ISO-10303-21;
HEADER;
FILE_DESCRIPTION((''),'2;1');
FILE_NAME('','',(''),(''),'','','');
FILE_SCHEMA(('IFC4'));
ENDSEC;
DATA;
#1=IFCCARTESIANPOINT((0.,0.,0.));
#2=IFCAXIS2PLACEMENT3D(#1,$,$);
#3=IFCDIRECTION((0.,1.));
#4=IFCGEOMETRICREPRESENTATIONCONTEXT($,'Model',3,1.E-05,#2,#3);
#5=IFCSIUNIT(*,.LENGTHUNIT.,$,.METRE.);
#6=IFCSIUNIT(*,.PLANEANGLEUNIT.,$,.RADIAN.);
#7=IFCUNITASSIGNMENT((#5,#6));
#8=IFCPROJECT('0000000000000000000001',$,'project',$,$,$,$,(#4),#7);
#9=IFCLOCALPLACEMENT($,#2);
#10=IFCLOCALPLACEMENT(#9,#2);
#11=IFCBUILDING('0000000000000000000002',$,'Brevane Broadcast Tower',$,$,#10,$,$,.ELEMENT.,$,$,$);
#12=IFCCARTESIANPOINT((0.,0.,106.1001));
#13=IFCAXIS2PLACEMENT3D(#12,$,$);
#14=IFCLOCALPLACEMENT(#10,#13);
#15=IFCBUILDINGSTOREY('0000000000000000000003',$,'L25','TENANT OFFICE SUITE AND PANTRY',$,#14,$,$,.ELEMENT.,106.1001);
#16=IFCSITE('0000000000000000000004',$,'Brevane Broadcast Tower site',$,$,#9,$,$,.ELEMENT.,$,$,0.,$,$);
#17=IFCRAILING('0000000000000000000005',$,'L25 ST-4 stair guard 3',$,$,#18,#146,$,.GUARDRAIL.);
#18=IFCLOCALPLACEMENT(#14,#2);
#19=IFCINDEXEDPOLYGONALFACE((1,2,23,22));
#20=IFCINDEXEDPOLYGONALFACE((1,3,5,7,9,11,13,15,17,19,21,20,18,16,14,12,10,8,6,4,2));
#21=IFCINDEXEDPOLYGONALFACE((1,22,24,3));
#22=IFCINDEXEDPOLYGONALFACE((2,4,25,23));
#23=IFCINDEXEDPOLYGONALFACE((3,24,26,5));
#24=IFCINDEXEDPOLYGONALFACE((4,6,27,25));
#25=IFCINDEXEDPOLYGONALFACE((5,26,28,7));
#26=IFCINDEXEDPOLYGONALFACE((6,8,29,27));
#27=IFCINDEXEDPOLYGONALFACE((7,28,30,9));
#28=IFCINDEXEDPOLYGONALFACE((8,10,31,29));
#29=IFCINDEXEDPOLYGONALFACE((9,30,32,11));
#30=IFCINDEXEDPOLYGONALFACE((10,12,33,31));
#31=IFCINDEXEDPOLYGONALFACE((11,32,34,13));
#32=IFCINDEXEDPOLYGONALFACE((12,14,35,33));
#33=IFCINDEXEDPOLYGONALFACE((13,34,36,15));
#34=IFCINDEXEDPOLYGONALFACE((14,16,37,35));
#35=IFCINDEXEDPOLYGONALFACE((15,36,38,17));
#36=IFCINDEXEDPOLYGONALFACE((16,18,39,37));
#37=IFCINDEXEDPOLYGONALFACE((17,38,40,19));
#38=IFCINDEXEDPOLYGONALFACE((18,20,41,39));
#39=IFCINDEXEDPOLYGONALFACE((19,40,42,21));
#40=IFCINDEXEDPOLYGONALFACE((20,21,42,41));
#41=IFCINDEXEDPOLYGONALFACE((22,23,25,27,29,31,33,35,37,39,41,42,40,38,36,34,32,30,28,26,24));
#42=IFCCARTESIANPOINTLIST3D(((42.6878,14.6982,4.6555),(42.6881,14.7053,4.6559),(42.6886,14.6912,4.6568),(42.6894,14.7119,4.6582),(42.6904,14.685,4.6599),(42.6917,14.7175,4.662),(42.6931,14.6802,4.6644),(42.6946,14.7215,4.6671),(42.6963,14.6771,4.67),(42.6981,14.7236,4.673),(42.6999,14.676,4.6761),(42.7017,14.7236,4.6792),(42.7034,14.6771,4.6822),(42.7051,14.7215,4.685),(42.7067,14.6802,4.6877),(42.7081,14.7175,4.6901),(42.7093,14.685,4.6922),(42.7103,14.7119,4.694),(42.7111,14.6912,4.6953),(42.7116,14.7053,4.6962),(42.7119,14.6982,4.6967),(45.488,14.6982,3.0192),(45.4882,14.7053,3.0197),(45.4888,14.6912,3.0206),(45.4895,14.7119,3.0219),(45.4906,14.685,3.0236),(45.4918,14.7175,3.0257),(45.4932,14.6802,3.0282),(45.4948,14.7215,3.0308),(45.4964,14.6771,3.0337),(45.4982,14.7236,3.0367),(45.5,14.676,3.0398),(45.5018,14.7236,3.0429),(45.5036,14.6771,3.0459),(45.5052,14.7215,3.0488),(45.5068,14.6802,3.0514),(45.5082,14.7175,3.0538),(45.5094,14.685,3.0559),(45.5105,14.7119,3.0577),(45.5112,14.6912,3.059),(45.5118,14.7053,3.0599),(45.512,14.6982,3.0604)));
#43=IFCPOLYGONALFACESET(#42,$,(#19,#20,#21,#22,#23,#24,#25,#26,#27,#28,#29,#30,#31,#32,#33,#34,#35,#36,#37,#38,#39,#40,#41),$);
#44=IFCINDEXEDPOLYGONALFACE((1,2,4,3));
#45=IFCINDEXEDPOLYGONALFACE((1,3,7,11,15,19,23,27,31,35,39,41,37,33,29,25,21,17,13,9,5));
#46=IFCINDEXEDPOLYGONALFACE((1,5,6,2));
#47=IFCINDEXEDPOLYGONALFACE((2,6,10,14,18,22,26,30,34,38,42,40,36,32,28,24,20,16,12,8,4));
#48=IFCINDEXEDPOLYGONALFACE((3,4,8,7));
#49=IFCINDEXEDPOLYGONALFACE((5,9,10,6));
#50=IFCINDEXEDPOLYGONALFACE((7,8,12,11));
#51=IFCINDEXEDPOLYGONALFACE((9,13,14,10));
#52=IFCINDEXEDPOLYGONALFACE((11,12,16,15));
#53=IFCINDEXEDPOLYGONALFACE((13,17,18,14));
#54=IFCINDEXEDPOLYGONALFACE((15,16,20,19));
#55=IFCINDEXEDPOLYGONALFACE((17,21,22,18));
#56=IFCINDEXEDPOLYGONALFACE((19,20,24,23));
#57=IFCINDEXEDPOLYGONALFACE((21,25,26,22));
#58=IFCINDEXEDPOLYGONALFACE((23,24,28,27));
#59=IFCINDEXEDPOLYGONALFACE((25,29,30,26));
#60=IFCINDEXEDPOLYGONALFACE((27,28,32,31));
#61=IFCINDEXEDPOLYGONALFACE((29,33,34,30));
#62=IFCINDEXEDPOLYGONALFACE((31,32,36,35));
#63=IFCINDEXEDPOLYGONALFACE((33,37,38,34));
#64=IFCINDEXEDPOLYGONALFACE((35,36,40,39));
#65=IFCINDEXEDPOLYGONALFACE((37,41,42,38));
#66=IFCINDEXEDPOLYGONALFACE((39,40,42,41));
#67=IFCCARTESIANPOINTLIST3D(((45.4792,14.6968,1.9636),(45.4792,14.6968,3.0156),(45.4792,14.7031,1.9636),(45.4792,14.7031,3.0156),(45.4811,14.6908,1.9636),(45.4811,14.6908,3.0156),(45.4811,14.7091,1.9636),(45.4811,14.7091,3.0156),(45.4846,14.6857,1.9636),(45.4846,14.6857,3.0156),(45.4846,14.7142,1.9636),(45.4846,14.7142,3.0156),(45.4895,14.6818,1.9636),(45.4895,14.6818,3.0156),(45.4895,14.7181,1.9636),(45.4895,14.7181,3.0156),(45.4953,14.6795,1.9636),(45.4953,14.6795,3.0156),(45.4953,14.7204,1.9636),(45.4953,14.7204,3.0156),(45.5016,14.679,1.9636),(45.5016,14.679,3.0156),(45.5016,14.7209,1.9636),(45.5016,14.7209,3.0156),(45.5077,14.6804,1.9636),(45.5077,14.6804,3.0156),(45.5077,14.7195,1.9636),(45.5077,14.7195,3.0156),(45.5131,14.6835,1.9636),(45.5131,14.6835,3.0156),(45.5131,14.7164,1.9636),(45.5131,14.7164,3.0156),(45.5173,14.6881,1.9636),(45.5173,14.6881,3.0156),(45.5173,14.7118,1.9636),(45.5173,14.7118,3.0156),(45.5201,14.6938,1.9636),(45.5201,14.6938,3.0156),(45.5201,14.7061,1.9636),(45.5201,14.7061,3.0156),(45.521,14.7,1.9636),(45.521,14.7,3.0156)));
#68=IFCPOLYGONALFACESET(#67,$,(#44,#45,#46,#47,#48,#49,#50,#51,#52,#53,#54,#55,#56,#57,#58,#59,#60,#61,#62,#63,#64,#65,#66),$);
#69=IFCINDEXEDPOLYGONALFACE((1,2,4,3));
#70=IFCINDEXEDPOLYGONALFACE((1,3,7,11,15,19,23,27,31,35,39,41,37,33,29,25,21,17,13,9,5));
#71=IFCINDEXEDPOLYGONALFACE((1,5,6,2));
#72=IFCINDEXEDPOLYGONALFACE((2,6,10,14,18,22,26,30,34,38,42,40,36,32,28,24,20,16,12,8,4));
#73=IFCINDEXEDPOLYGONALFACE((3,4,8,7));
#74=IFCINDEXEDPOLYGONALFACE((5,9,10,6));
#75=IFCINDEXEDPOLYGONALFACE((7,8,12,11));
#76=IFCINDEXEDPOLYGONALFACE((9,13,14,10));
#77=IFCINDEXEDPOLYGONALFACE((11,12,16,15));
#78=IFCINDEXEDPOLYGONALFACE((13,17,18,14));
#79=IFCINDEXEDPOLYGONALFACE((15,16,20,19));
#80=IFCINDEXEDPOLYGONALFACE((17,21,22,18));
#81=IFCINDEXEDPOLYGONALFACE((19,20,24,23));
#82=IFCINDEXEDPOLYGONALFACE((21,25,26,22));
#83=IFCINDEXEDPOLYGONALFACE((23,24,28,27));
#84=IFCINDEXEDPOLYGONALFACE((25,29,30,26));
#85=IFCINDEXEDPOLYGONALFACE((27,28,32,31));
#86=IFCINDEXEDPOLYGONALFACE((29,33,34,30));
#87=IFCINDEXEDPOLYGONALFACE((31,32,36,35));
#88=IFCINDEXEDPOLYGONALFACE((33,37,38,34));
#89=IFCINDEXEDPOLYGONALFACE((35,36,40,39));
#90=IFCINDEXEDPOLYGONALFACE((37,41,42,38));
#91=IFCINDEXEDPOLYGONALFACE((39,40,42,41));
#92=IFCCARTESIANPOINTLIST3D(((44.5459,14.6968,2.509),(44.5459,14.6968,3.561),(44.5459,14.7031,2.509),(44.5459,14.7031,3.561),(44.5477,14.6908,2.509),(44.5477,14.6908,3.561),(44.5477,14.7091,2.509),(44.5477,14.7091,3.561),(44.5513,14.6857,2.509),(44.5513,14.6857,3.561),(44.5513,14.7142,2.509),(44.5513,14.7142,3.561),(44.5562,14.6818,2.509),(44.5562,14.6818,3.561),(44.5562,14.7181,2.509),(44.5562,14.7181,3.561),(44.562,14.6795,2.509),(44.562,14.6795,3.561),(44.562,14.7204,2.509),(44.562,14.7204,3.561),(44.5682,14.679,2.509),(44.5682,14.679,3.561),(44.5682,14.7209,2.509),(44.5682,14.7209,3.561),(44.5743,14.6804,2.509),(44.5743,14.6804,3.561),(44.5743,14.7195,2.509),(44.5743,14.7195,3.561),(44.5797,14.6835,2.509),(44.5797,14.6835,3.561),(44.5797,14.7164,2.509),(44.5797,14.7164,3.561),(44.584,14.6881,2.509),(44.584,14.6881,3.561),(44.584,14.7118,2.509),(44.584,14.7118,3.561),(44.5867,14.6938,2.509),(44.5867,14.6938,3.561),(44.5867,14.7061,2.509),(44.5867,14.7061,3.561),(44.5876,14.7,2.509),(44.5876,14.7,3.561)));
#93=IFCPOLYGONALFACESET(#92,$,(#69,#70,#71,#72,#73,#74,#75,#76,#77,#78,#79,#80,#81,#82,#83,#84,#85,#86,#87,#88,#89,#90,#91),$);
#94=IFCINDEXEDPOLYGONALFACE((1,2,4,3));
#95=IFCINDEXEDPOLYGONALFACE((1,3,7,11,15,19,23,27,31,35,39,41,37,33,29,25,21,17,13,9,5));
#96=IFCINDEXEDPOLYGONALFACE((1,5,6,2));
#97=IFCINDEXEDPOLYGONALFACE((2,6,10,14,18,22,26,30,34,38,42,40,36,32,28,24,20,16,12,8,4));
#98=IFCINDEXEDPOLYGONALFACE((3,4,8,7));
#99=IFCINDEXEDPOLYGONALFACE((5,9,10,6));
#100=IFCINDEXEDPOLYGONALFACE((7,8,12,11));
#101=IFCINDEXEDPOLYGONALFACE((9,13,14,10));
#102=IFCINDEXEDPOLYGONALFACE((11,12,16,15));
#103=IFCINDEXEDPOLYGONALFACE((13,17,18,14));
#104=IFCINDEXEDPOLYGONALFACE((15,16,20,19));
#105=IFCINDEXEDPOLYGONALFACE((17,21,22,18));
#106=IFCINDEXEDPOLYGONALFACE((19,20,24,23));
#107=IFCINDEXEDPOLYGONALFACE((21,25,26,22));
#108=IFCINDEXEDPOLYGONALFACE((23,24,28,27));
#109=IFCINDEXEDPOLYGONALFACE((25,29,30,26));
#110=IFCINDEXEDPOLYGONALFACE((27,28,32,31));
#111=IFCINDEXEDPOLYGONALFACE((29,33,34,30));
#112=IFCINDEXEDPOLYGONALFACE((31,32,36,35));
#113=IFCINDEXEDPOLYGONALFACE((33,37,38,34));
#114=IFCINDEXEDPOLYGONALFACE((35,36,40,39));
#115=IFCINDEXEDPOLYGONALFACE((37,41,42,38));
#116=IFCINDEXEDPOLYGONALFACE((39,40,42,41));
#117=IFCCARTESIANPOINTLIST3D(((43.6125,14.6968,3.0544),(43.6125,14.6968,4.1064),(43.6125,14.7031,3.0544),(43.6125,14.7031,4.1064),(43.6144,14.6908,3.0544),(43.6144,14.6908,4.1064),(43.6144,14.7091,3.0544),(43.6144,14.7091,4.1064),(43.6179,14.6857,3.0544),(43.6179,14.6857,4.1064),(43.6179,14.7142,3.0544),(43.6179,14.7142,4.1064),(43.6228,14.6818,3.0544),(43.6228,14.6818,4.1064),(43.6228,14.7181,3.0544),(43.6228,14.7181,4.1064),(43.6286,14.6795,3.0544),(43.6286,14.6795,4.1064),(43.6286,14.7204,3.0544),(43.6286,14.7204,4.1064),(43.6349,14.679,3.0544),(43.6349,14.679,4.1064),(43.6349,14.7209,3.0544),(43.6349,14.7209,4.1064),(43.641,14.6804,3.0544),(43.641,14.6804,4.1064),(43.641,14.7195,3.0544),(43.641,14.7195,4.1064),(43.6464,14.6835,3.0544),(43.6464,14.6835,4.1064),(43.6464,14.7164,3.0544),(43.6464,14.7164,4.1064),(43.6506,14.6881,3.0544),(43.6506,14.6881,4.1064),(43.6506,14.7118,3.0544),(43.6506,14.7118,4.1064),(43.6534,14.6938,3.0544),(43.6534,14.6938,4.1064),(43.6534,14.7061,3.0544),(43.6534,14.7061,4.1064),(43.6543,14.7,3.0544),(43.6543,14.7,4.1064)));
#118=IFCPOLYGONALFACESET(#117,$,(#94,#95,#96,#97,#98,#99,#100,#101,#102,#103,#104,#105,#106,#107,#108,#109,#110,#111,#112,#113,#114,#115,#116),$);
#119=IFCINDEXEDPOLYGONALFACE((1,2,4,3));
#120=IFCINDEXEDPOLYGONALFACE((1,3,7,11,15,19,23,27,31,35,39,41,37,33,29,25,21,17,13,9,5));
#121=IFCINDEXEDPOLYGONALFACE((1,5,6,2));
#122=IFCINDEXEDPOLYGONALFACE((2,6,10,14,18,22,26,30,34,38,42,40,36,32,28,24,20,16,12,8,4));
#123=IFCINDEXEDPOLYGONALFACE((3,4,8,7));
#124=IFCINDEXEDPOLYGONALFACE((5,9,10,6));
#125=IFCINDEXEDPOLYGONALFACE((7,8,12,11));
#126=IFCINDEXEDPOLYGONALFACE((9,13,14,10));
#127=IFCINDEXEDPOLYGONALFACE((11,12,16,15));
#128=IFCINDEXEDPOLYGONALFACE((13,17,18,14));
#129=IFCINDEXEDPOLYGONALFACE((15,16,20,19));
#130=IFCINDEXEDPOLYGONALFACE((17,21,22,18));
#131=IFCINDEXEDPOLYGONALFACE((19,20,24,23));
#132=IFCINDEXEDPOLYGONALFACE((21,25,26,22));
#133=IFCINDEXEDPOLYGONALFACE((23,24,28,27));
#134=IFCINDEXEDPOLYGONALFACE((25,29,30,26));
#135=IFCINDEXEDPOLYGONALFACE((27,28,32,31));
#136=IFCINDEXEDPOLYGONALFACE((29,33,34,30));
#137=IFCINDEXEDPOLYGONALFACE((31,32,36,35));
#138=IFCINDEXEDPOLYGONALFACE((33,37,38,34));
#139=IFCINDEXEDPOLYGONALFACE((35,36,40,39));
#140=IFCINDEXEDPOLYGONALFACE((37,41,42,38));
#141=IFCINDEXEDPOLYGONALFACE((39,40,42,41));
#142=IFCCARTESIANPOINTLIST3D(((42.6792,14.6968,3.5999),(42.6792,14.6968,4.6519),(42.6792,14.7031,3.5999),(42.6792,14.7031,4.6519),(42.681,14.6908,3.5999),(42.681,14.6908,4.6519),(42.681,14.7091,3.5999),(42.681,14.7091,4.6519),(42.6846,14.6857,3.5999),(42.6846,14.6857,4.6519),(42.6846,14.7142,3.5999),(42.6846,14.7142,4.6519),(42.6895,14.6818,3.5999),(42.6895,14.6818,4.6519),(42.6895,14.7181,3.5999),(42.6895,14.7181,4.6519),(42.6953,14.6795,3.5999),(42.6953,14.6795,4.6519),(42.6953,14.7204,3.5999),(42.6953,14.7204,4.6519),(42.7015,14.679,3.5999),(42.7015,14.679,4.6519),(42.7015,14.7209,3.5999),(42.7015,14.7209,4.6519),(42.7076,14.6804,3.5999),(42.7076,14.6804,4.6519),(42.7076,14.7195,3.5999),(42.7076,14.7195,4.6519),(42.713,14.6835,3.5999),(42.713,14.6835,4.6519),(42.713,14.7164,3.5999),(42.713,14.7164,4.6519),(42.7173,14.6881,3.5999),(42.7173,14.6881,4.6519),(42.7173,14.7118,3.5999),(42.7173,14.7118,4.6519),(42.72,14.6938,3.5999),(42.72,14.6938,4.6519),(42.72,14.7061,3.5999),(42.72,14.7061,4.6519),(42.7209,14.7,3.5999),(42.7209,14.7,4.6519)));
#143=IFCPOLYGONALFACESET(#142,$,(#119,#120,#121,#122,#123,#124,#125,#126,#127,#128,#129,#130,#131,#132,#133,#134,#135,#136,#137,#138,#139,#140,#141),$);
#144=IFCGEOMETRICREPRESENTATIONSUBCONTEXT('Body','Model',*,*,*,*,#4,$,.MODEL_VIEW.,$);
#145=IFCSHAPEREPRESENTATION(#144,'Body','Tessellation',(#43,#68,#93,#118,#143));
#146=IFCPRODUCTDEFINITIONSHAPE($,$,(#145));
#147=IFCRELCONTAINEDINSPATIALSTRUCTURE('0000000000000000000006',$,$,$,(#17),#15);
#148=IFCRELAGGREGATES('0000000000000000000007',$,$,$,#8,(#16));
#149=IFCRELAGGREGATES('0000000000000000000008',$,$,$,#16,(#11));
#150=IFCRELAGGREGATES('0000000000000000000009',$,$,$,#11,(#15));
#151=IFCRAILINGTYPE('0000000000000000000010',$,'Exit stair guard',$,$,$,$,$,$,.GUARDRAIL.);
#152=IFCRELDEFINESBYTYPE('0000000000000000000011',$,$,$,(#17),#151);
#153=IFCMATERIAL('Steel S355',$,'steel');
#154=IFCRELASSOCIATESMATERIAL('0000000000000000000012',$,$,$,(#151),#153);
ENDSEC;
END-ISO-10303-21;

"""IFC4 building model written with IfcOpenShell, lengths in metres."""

from ifc_helpers import new_model, si_unit, direction, frame, origin, origin_2d, place, context, subcontext, project, spatial, circle, extrude, material, type_object, element, save


model = new_model("IFC4")

# Units and contexts
model_context = context("Model", 3, precision=1e-05, world=origin(), true_north=direction((0.0, 1.0)))
body_context = subcontext(model_context, "Body", "Model", "MODEL_VIEW")
ifc_project = project(units=[si_unit("LENGTHUNIT", "METRE"), si_unit("PLANEANGLEUNIT", "RADIAN")], contexts=[model_context])

# Site, building, storey
site_placement = place(None, origin())
site = spatial("IfcSite", under=ifc_project, at=site_placement, Name="Brevane Broadcast Tower site", CompositionType="ELEMENT", RefElevation=0.0)
building_placement = place(site_placement, origin())
building = spatial("IfcBuilding", under=site, at=building_placement, Name="Brevane Broadcast Tower", CompositionType="ELEMENT")
storey_placement = place(building_placement, frame((0.0, 0.0, 106.1001)))
storey = spatial("IfcBuildingStorey", under=building, at=storey_placement, Name="L25", Description="TENANT OFFICE SUITE AND PANTRY", CompositionType="ELEMENT", Elevation=106.1001)

# Railing
ifc_material_1 = material(Name="Steel S355", Category="steel")
railing_type_1 = type_object("IfcRailingType", Name="Exit stair guard", PredefinedType="GUARDRAIL", material=ifc_material_1)
railing_1_placement = place(storey_placement, frame((45.5, 14.7, 1.9636)))
element("IfcRailing", 1, at=railing_1_placement, inside=storey, type_object=railing_type_1, Name="L25 ST-4 stair guard 3", PredefinedType="GUARDRAIL", context=body_context, shape_type="SweptSolid", body=[
    extrude(circle(Radius=0.0239, at=origin_2d()), frame((0.0, 0.0, 1.0762), z_axis=(-0.863394, 0.0, 0.504531), x_axis=(0.0, -1.0, 0.0)), (0.0, 0.0, 1.0), 3.2432),
    extrude(circle(Radius=0.021, at=origin_2d()), origin(), (0.0, 0.0, 1.0), 1.052),
    extrude(circle(Radius=0.021, at=origin_2d()), frame((-0.9333, 0.0, 0.5454)), (0.0, 0.0, 1.0), 1.052),
    extrude(circle(Radius=0.021, at=origin_2d()), frame((-1.8667, 0.0, 1.0908)), (0.0, 0.0, 1.0), 1.052),
    extrude(circle(Radius=0.021, at=origin_2d()), frame((-2.8, 0.0, 1.6362)), (0.0, 0.0, 1.0), 1.052),
])

save(model, "model.ifc")
